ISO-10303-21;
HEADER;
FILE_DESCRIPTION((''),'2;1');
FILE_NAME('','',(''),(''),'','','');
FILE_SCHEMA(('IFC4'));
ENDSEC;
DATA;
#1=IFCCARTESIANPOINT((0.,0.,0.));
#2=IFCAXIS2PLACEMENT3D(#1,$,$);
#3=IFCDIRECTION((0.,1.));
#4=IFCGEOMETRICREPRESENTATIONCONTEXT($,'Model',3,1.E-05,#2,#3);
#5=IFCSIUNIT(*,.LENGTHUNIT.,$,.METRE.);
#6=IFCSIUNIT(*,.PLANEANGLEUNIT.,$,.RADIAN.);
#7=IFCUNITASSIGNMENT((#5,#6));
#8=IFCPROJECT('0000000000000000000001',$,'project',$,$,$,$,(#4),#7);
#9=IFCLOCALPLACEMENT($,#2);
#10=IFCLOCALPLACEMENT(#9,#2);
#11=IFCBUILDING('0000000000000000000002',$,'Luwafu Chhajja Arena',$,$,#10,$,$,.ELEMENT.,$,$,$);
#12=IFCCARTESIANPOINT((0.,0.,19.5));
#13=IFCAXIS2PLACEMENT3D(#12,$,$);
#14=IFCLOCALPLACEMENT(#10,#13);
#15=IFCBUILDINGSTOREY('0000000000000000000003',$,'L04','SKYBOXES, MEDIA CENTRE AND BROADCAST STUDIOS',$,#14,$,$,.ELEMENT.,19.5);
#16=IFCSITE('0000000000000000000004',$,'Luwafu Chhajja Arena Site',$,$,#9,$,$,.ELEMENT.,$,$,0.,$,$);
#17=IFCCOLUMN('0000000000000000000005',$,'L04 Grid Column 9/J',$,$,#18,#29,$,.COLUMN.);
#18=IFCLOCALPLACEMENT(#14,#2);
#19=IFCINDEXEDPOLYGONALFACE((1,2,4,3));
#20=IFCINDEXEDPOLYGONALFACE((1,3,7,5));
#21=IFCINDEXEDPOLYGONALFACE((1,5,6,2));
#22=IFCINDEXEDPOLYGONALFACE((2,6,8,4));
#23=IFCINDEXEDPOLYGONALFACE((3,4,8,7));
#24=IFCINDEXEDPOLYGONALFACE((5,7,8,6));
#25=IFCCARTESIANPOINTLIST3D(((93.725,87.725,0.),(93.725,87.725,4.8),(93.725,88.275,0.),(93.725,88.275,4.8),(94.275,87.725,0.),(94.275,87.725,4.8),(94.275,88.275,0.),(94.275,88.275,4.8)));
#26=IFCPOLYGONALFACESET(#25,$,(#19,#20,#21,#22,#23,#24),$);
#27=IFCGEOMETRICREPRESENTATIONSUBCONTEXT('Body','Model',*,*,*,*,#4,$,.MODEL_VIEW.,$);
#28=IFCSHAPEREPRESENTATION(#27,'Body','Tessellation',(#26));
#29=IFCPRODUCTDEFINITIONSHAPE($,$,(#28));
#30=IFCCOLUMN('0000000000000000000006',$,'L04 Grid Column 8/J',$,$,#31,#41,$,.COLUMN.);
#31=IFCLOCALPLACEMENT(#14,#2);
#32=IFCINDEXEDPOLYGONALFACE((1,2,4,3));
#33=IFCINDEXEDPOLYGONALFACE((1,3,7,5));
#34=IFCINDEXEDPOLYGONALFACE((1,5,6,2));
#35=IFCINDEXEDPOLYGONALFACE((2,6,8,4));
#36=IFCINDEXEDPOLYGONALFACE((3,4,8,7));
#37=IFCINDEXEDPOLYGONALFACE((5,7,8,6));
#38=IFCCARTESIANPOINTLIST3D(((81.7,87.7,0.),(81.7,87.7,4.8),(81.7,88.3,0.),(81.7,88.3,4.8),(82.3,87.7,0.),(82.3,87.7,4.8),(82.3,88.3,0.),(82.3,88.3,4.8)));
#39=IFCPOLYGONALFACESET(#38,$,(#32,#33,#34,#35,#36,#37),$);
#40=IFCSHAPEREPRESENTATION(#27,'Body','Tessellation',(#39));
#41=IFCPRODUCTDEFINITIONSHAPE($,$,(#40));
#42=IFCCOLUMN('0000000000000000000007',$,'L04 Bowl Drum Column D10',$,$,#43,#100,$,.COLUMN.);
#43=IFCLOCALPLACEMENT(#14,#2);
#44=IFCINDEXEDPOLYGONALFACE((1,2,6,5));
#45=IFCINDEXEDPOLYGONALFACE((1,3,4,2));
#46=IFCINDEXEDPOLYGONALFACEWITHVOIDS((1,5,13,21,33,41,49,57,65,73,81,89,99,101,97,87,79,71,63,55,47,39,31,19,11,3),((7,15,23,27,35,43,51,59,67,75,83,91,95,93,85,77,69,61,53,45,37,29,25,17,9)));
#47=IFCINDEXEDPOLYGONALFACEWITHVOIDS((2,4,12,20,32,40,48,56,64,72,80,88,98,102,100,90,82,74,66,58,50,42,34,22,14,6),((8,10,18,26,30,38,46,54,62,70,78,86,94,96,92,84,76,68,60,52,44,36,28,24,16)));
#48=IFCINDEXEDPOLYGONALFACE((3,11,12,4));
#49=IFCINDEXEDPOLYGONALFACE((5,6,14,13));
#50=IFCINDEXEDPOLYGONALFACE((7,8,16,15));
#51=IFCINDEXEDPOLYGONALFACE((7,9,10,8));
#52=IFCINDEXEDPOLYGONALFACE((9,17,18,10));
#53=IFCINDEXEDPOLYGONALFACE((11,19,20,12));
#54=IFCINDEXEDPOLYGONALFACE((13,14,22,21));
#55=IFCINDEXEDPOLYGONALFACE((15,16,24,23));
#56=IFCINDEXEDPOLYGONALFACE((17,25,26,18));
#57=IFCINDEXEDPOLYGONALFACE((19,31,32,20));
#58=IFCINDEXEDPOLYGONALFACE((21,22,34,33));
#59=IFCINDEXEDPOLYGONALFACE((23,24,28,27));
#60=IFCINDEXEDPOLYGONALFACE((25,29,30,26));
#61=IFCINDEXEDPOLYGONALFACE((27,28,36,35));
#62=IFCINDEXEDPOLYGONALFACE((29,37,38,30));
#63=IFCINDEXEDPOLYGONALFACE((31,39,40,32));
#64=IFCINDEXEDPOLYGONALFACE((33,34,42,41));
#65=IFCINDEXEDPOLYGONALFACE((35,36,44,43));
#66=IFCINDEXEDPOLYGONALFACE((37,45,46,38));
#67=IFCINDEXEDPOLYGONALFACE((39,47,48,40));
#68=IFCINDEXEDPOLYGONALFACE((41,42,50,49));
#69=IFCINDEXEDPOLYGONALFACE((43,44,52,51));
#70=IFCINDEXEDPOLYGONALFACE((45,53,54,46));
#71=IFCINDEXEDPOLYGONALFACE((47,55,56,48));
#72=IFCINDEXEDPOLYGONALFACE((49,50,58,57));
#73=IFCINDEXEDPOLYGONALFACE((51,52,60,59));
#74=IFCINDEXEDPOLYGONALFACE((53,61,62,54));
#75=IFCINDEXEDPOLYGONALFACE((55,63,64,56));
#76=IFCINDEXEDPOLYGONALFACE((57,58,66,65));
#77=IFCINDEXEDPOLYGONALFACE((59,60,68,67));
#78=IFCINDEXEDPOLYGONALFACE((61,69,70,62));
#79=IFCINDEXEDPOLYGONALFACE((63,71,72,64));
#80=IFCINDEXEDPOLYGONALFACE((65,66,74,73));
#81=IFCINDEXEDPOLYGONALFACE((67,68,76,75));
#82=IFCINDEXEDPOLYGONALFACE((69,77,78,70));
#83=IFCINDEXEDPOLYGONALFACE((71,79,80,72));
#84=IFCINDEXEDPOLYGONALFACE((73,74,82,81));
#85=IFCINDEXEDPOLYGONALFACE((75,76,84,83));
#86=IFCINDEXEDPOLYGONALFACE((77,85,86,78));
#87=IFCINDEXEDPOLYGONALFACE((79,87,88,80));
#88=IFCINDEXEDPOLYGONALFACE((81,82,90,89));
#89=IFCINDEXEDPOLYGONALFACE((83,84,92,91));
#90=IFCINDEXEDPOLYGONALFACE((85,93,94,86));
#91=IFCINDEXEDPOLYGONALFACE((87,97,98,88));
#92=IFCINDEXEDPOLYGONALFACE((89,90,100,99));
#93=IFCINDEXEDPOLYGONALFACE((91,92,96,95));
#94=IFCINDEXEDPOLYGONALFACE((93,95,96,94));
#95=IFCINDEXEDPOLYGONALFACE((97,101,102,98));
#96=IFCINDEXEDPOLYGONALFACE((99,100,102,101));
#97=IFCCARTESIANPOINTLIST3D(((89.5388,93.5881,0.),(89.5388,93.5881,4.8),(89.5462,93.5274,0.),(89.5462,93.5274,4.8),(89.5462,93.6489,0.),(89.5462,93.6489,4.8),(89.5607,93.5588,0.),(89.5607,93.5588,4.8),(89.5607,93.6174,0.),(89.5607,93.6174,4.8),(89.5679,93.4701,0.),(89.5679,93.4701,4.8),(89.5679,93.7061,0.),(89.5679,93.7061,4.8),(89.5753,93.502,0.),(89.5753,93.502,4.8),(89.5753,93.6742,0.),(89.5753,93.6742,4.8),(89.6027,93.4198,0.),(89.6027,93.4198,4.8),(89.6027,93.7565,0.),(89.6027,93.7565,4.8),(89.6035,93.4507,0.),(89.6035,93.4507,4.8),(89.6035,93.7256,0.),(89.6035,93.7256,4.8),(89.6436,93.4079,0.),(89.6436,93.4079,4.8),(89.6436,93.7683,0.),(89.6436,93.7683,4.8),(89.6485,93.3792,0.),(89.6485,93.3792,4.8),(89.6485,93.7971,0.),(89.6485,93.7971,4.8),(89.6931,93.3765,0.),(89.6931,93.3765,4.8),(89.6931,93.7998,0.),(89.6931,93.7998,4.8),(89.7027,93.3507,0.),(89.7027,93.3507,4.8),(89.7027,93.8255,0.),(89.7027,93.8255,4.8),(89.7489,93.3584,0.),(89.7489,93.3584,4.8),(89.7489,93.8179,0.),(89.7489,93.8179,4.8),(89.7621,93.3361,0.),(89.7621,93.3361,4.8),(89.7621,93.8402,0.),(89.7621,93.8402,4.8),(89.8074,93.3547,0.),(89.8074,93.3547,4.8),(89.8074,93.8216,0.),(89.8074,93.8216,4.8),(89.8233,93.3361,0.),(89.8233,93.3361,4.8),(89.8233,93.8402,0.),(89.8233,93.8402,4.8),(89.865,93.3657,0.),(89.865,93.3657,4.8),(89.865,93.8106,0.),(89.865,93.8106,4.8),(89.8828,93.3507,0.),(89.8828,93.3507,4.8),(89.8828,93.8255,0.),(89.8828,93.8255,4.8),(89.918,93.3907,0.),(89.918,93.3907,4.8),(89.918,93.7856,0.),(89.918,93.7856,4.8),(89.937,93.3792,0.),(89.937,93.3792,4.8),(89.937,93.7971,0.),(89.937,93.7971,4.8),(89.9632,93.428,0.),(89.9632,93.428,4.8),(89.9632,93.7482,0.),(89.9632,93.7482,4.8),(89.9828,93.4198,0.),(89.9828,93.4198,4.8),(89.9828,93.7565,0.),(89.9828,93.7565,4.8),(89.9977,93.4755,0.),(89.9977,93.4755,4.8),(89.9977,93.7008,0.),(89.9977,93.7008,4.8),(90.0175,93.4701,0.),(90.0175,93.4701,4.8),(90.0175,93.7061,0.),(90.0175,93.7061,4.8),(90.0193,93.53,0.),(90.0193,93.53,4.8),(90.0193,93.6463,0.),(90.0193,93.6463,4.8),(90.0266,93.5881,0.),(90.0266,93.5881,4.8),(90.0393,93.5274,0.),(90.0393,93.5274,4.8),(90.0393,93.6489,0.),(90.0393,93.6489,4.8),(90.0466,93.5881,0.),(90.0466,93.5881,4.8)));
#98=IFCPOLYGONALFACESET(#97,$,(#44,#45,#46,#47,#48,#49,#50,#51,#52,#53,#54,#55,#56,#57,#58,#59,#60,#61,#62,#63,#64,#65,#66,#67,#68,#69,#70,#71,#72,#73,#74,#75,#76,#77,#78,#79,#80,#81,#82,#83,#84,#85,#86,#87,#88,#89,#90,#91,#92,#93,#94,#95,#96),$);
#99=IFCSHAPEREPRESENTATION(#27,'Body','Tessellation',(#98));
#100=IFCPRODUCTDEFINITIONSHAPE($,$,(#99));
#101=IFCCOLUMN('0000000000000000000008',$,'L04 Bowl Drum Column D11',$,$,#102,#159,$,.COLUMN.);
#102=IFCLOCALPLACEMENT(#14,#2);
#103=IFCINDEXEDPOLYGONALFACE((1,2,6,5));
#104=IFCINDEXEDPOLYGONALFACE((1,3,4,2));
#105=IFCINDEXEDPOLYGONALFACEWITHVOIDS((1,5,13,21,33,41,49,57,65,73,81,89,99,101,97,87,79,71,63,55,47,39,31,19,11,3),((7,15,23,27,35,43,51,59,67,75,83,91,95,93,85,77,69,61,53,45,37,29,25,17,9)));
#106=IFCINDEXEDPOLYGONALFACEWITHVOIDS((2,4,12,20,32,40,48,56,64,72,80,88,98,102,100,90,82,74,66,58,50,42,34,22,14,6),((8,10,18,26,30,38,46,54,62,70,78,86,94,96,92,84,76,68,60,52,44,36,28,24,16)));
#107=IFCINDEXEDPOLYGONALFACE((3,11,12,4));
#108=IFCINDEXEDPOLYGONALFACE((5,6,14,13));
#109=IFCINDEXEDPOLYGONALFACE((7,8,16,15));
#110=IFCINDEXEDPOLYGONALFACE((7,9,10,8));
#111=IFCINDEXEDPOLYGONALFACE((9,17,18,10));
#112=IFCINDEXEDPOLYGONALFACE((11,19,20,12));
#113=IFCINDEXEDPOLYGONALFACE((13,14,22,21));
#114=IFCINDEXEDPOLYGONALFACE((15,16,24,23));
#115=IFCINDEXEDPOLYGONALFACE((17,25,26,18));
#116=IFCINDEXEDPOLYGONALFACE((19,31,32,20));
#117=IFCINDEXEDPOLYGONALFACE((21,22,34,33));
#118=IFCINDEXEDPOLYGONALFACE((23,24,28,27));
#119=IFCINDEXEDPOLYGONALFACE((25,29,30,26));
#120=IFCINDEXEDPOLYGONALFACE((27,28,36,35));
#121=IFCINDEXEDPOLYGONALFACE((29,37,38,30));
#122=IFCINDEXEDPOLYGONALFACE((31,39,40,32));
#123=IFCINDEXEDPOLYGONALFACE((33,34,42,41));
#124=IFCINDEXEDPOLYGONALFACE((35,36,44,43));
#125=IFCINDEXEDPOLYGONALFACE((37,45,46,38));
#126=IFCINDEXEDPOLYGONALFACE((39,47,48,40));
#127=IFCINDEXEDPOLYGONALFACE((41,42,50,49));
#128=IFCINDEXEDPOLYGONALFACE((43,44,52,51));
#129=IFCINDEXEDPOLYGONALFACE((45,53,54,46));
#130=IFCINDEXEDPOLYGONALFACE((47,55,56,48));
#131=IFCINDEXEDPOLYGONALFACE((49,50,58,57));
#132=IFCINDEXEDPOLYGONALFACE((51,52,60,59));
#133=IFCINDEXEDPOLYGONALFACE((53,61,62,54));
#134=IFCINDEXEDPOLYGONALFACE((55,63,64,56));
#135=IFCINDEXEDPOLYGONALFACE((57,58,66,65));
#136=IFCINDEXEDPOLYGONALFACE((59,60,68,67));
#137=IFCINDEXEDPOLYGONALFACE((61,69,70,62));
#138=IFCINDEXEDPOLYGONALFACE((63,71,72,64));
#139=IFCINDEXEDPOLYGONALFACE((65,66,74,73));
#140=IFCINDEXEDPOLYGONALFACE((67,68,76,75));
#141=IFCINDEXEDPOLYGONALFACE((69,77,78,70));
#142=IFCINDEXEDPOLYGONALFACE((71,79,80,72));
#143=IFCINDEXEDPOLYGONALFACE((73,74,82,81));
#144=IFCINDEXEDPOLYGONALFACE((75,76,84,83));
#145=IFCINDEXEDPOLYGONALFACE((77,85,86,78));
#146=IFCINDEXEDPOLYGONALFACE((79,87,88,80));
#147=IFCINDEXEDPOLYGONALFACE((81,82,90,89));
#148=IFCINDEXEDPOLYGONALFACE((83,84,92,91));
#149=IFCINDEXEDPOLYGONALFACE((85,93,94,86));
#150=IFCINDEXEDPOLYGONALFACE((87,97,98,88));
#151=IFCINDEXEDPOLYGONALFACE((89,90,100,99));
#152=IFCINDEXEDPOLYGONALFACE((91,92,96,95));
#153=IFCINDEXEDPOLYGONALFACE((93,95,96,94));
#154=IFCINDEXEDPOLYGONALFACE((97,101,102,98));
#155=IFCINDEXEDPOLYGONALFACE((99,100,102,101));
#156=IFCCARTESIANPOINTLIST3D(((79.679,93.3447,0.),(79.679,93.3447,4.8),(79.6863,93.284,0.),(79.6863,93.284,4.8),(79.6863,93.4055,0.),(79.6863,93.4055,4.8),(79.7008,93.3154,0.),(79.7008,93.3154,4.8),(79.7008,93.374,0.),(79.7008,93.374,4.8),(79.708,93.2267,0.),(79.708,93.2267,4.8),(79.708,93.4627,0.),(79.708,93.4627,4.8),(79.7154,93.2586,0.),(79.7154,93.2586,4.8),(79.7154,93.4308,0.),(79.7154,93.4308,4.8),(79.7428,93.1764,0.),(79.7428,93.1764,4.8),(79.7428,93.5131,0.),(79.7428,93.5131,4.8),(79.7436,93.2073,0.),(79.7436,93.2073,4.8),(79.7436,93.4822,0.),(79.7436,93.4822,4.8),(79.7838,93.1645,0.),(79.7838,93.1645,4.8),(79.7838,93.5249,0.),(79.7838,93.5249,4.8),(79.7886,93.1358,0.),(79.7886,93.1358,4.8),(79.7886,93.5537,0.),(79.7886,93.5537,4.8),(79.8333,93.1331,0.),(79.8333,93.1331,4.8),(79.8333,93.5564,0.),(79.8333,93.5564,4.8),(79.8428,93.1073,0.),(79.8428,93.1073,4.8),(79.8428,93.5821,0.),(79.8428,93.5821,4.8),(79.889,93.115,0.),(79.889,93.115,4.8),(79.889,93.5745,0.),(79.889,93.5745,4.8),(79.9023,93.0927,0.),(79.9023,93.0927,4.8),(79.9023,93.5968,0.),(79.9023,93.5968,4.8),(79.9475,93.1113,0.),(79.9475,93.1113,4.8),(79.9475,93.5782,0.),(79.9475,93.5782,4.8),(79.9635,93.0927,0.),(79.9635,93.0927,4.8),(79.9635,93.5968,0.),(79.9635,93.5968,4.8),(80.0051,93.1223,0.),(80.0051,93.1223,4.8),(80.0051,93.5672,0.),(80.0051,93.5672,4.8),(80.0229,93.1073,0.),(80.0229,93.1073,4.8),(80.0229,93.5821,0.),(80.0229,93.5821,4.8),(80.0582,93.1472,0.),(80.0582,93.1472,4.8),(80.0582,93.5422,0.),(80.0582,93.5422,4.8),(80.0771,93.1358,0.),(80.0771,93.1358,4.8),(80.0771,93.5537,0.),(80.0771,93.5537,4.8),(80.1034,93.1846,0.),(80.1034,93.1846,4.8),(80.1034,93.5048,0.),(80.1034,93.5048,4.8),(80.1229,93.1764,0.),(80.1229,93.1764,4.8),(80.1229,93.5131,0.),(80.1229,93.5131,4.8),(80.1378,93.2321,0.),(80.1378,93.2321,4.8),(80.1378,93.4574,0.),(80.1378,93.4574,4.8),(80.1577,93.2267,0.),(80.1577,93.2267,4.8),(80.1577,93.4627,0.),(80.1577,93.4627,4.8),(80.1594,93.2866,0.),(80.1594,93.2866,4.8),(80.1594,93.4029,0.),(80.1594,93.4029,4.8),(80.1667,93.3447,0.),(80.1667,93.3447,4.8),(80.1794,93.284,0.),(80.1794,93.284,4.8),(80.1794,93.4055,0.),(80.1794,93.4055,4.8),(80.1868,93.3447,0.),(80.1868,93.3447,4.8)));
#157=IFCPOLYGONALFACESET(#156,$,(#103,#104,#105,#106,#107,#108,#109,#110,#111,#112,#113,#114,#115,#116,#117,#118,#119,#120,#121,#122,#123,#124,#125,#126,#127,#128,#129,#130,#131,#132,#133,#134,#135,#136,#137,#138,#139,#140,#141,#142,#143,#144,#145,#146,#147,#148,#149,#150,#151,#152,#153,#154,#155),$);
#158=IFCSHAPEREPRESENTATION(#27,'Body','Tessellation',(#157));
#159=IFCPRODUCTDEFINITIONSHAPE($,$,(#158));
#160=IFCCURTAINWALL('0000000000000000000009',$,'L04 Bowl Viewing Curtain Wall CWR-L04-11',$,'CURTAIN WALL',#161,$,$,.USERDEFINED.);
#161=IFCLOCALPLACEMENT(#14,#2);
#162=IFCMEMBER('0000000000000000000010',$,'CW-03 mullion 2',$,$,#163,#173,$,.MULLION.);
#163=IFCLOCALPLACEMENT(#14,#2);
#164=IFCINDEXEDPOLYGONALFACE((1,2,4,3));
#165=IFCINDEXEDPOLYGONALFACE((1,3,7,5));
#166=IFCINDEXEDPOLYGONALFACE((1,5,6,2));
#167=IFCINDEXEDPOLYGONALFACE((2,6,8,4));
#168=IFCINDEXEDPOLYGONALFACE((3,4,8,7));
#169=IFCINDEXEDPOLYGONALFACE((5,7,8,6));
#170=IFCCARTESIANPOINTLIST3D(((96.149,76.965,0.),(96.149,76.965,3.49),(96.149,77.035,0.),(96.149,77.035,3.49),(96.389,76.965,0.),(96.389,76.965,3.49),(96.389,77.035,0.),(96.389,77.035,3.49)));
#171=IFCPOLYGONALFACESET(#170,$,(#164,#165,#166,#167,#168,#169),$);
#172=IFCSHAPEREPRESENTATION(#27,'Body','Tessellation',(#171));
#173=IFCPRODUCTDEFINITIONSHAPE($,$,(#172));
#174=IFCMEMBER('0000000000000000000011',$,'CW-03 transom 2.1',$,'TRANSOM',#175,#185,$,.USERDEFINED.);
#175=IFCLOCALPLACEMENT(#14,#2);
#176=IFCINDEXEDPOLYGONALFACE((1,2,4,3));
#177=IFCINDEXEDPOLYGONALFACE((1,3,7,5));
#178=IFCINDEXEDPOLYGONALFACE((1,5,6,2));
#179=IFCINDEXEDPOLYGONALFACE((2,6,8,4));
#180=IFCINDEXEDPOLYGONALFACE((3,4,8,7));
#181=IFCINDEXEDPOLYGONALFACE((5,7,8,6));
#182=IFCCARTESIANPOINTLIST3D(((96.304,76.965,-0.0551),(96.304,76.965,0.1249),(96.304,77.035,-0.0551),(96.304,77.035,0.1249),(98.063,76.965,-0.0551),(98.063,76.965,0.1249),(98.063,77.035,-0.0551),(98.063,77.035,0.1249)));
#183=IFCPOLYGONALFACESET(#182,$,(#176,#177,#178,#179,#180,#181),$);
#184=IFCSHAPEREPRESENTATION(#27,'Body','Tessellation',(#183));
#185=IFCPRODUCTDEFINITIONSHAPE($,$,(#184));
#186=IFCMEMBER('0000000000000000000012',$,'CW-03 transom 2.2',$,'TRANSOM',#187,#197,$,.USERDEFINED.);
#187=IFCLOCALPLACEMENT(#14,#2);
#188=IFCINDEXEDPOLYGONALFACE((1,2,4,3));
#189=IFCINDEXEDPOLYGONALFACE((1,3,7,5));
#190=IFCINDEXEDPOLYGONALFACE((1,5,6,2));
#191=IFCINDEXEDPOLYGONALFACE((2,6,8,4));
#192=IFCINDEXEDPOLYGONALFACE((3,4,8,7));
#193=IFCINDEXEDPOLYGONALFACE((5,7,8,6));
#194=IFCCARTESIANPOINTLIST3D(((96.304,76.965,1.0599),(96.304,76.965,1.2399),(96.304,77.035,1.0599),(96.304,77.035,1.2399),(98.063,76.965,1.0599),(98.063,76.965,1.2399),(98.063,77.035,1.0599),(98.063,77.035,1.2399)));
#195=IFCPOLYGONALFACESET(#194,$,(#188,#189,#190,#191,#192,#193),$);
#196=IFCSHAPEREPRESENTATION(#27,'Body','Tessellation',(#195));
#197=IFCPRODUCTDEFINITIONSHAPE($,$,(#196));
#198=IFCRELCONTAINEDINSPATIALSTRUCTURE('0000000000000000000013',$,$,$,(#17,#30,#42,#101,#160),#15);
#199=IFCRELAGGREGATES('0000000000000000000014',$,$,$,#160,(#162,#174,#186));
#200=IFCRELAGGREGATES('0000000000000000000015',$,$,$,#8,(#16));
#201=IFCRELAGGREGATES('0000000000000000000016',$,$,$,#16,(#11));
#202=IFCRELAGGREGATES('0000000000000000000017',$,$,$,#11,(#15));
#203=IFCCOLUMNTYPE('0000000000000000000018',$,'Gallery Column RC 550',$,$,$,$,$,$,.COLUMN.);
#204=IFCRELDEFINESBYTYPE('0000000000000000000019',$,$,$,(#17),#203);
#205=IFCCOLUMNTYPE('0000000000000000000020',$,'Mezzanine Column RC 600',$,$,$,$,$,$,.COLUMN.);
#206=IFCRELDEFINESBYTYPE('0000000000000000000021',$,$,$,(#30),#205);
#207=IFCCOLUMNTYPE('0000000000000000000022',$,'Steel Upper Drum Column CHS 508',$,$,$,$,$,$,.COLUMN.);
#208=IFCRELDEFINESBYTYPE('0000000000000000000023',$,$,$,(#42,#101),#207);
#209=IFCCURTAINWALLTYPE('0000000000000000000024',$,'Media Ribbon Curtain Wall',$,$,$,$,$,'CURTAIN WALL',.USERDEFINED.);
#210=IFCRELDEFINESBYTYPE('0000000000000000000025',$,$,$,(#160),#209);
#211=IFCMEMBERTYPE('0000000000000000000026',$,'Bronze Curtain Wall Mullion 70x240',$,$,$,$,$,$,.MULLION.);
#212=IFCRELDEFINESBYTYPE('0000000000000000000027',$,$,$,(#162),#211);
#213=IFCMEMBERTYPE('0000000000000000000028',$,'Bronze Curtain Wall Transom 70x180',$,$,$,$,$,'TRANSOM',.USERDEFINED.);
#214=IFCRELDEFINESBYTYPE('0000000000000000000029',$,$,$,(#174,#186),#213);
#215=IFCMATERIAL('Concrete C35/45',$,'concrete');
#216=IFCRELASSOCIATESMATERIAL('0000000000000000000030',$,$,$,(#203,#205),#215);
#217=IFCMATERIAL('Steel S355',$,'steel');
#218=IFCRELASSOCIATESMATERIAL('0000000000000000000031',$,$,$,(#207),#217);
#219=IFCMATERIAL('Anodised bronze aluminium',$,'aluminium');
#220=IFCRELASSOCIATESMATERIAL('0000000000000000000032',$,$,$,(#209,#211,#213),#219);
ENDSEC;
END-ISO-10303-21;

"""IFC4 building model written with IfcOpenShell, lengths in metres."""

from ifc_helpers import new_model, si_unit, direction, frame, origin, origin_2d, place, context, subcontext, project, spatial, rectangle, hollow_circle, extrude, material, material_profile, profile_set, type_object, element, aggregate, save


model = new_model("IFC4")

# Units and contexts
model_context = context("Model", 3, precision=1e-05, world=origin(), true_north=direction((0.0, 1.0)))
body_context = subcontext(model_context, "Body", "Model", "MODEL_VIEW")
ifc_project = project(units=[si_unit("LENGTHUNIT", "METRE"), si_unit("PLANEANGLEUNIT", "RADIAN")], contexts=[model_context])

# Site, building, storey
site_placement = place(None, origin())
site = spatial("IfcSite", under=ifc_project, at=site_placement, Name="Luwafu Chhajja Arena Site", CompositionType="ELEMENT", RefElevation=0.0)
building_placement = place(site_placement, origin())
building = spatial("IfcBuilding", under=site, at=building_placement, Name="Luwafu Chhajja Arena", CompositionType="ELEMENT")
storey_placement = place(building_placement, frame((0.0, 0.0, 19.5)))
storey = spatial("IfcBuildingStorey", under=building, at=storey_placement, Name="L04", Description="SKYBOXES, MEDIA CENTRE AND BROADCAST STUDIOS", CompositionType="ELEMENT", Elevation=19.5)

# Columns
ifc_material_1 = material(Name="Concrete C35/45", Category="concrete")
ifc_material_profile_1 = material_profile(ifc_material_1, rectangle(XDim=0.55, YDim=0.55, at=origin_2d()), Name="RC 550x550")
ifc_profile_set_1 = profile_set([ifc_material_profile_1], Name="Concrete C35/45")
column_type_1 = type_object("IfcColumnType", Name="Gallery Column RC 550", PredefinedType="COLUMN", material=ifc_profile_set_1)
column_1_placement = place(storey_placement, frame((94.0, 88.0, 0.0), z_axis=(0.0, 0.0, 1.0), x_axis=(1.0, 0.0, 0.0)))
element("IfcColumn", 1, at=column_1_placement, inside=storey, type_object=column_type_1, Name="L04 Grid Column 9/J", PredefinedType="COLUMN", context=body_context, shape_type="SweptSolid", body=[
    extrude(rectangle(XDim=0.55, YDim=0.55, at=origin_2d()), origin(), (0.0, 0.0, 1.0), 4.8),
])
ifc_material_profile_2 = material_profile(ifc_material_1, rectangle(XDim=0.6001, YDim=0.6001, at=origin_2d()), Name="RC 600x600")
ifc_profile_set_2 = profile_set([ifc_material_profile_2], Name="Concrete C35/45")
column_type_2 = type_object("IfcColumnType", Name="Mezzanine Column RC 600", PredefinedType="COLUMN", material=ifc_profile_set_2)
column_2_placement = place(storey_placement, frame((82.0, 88.0, 0.0), z_axis=(0.0, 0.0, 1.0), x_axis=(1.0, 0.0, 0.0)))
element("IfcColumn", 2, at=column_2_placement, inside=storey, type_object=column_type_2, Name="L04 Grid Column 8/J", PredefinedType="COLUMN", context=body_context, shape_type="SweptSolid", body=[
    extrude(rectangle(XDim=0.6001, YDim=0.6001, at=origin_2d()), origin(), (0.0, 0.0, 1.0), 4.8),
])
ifc_material_2 = material(Name="Steel S355", Category="steel")
ifc_material_profile_3 = material_profile(ifc_material_2, hollow_circle(Radius=0.2539, WallThickness=0.02, at=origin_2d()), Name="CHS 508x20")
ifc_profile_set_3 = profile_set([ifc_material_profile_3], Name="Steel S355")
column_type_3 = type_object("IfcColumnType", Name="Steel Upper Drum Column CHS 508", PredefinedType="COLUMN", material=ifc_profile_set_3)
for number, where, z_axis, x_axis, name in (
    (3, (89.7927, 93.5881, 0.0), (0.0, 0.0, 1.0), (1.0, 0.0, 0.0), "L04 Bowl Drum Column D10"),
    (4, (79.9329, 93.3447, 0.0), (0.0, 0.0, 1.0), (1.0, 0.0, 0.0), "L04 Bowl Drum Column D11"),
):
    element("IfcColumn", number, at=place(storey_placement, frame(where, z_axis=z_axis, x_axis=x_axis)), inside=storey, type_object=column_type_3, Name=name, PredefinedType="COLUMN", context=body_context, shape_type="SweptSolid", body=[
        extrude(hollow_circle(Radius=0.2539, WallThickness=0.02, at=origin_2d()), origin(), (0.0, 0.0, 1.0), 4.8),
    ])

# Curtain wall, members
ifc_material_3 = material(Name="Anodised bronze aluminium", Category="aluminium")
curtain_wall_type = type_object("IfcCurtainWallType", Name="Media Ribbon Curtain Wall", ElementType="CURTAIN WALL", PredefinedType="USERDEFINED", material=ifc_material_3)
curtain_wall_placement = place(storey_placement, origin())
curtain_wall = element("IfcCurtainWall", 5, at=curtain_wall_placement, inside=storey, type_object=curtain_wall_type, Name="L04 Bowl Viewing Curtain Wall CWR-L04-11", ObjectType="CURTAIN WALL", PredefinedType="USERDEFINED")
ifc_material_profile_4 = material_profile(ifc_material_3, rectangle(XDim=0.0701, YDim=0.24, at=origin_2d()), Name="CWM 70x240")
ifc_profile_set_4 = profile_set([ifc_material_profile_4], Name="Anodised bronze aluminium")
member_type_1 = type_object("IfcMemberType", Name="Bronze Curtain Wall Mullion 70x240", PredefinedType="MULLION", material=ifc_profile_set_4)
member_1_placement = place(storey_placement, frame((96.269, 77.0, 0.0), z_axis=(0.0, 0.0, 1.0), x_axis=(0.0, 1.0, 0.0)))
member_1 = element("IfcMember", 6, at=member_1_placement, type_object=member_type_1, Name="CW-03 mullion 2", PredefinedType="MULLION", context=body_context, shape_type="SweptSolid", body=[
    extrude(rectangle(XDim=0.0701, YDim=0.24, at=origin_2d()), origin(), (0.0, 0.0, 1.0), 3.49),
])
ifc_material_profile_5 = material_profile(ifc_material_3, rectangle(XDim=0.0701, YDim=0.1799, at=origin_2d()), Name="CWT 70x180")
ifc_profile_set_5 = profile_set([ifc_material_profile_5], Name="Anodised bronze aluminium")
member_type_2 = type_object("IfcMemberType", Name="Bronze Curtain Wall Transom 70x180", ElementType="TRANSOM", PredefinedType="USERDEFINED", material=ifc_profile_set_5)
member_2_placement = place(storey_placement, frame((96.304, 77.0, 0.0349), z_axis=(1.0, 0.0, 0.0), x_axis=(0.0, 1.0, 0.0)))
member_2 = element("IfcMember", 7, at=member_2_placement, type_object=member_type_2, Name="CW-03 transom 2.1", ObjectType="TRANSOM", PredefinedType="USERDEFINED", context=body_context, shape_type="SweptSolid", body=[
    extrude(rectangle(XDim=0.0701, YDim=0.1799, at=origin_2d()), origin(), (0.0, 0.0, 1.0), 1.759),
])
member_3_placement = place(storey_placement, frame((96.304, 77.0, 1.1499), z_axis=(1.0, 0.0, 0.0), x_axis=(0.0, 1.0, 0.0)))
member_3 = element("IfcMember", 8, at=member_3_placement, type_object=member_type_2, Name="CW-03 transom 2.2", ObjectType="TRANSOM", PredefinedType="USERDEFINED", context=body_context, shape_type="SweptSolid", body=[
    extrude(rectangle(XDim=0.0701, YDim=0.1799, at=origin_2d()), origin(), (0.0, 0.0, 1.0), 1.759),
])

aggregate(curtain_wall, [member_1, member_2, member_3])

save(model, "model.ifc")
